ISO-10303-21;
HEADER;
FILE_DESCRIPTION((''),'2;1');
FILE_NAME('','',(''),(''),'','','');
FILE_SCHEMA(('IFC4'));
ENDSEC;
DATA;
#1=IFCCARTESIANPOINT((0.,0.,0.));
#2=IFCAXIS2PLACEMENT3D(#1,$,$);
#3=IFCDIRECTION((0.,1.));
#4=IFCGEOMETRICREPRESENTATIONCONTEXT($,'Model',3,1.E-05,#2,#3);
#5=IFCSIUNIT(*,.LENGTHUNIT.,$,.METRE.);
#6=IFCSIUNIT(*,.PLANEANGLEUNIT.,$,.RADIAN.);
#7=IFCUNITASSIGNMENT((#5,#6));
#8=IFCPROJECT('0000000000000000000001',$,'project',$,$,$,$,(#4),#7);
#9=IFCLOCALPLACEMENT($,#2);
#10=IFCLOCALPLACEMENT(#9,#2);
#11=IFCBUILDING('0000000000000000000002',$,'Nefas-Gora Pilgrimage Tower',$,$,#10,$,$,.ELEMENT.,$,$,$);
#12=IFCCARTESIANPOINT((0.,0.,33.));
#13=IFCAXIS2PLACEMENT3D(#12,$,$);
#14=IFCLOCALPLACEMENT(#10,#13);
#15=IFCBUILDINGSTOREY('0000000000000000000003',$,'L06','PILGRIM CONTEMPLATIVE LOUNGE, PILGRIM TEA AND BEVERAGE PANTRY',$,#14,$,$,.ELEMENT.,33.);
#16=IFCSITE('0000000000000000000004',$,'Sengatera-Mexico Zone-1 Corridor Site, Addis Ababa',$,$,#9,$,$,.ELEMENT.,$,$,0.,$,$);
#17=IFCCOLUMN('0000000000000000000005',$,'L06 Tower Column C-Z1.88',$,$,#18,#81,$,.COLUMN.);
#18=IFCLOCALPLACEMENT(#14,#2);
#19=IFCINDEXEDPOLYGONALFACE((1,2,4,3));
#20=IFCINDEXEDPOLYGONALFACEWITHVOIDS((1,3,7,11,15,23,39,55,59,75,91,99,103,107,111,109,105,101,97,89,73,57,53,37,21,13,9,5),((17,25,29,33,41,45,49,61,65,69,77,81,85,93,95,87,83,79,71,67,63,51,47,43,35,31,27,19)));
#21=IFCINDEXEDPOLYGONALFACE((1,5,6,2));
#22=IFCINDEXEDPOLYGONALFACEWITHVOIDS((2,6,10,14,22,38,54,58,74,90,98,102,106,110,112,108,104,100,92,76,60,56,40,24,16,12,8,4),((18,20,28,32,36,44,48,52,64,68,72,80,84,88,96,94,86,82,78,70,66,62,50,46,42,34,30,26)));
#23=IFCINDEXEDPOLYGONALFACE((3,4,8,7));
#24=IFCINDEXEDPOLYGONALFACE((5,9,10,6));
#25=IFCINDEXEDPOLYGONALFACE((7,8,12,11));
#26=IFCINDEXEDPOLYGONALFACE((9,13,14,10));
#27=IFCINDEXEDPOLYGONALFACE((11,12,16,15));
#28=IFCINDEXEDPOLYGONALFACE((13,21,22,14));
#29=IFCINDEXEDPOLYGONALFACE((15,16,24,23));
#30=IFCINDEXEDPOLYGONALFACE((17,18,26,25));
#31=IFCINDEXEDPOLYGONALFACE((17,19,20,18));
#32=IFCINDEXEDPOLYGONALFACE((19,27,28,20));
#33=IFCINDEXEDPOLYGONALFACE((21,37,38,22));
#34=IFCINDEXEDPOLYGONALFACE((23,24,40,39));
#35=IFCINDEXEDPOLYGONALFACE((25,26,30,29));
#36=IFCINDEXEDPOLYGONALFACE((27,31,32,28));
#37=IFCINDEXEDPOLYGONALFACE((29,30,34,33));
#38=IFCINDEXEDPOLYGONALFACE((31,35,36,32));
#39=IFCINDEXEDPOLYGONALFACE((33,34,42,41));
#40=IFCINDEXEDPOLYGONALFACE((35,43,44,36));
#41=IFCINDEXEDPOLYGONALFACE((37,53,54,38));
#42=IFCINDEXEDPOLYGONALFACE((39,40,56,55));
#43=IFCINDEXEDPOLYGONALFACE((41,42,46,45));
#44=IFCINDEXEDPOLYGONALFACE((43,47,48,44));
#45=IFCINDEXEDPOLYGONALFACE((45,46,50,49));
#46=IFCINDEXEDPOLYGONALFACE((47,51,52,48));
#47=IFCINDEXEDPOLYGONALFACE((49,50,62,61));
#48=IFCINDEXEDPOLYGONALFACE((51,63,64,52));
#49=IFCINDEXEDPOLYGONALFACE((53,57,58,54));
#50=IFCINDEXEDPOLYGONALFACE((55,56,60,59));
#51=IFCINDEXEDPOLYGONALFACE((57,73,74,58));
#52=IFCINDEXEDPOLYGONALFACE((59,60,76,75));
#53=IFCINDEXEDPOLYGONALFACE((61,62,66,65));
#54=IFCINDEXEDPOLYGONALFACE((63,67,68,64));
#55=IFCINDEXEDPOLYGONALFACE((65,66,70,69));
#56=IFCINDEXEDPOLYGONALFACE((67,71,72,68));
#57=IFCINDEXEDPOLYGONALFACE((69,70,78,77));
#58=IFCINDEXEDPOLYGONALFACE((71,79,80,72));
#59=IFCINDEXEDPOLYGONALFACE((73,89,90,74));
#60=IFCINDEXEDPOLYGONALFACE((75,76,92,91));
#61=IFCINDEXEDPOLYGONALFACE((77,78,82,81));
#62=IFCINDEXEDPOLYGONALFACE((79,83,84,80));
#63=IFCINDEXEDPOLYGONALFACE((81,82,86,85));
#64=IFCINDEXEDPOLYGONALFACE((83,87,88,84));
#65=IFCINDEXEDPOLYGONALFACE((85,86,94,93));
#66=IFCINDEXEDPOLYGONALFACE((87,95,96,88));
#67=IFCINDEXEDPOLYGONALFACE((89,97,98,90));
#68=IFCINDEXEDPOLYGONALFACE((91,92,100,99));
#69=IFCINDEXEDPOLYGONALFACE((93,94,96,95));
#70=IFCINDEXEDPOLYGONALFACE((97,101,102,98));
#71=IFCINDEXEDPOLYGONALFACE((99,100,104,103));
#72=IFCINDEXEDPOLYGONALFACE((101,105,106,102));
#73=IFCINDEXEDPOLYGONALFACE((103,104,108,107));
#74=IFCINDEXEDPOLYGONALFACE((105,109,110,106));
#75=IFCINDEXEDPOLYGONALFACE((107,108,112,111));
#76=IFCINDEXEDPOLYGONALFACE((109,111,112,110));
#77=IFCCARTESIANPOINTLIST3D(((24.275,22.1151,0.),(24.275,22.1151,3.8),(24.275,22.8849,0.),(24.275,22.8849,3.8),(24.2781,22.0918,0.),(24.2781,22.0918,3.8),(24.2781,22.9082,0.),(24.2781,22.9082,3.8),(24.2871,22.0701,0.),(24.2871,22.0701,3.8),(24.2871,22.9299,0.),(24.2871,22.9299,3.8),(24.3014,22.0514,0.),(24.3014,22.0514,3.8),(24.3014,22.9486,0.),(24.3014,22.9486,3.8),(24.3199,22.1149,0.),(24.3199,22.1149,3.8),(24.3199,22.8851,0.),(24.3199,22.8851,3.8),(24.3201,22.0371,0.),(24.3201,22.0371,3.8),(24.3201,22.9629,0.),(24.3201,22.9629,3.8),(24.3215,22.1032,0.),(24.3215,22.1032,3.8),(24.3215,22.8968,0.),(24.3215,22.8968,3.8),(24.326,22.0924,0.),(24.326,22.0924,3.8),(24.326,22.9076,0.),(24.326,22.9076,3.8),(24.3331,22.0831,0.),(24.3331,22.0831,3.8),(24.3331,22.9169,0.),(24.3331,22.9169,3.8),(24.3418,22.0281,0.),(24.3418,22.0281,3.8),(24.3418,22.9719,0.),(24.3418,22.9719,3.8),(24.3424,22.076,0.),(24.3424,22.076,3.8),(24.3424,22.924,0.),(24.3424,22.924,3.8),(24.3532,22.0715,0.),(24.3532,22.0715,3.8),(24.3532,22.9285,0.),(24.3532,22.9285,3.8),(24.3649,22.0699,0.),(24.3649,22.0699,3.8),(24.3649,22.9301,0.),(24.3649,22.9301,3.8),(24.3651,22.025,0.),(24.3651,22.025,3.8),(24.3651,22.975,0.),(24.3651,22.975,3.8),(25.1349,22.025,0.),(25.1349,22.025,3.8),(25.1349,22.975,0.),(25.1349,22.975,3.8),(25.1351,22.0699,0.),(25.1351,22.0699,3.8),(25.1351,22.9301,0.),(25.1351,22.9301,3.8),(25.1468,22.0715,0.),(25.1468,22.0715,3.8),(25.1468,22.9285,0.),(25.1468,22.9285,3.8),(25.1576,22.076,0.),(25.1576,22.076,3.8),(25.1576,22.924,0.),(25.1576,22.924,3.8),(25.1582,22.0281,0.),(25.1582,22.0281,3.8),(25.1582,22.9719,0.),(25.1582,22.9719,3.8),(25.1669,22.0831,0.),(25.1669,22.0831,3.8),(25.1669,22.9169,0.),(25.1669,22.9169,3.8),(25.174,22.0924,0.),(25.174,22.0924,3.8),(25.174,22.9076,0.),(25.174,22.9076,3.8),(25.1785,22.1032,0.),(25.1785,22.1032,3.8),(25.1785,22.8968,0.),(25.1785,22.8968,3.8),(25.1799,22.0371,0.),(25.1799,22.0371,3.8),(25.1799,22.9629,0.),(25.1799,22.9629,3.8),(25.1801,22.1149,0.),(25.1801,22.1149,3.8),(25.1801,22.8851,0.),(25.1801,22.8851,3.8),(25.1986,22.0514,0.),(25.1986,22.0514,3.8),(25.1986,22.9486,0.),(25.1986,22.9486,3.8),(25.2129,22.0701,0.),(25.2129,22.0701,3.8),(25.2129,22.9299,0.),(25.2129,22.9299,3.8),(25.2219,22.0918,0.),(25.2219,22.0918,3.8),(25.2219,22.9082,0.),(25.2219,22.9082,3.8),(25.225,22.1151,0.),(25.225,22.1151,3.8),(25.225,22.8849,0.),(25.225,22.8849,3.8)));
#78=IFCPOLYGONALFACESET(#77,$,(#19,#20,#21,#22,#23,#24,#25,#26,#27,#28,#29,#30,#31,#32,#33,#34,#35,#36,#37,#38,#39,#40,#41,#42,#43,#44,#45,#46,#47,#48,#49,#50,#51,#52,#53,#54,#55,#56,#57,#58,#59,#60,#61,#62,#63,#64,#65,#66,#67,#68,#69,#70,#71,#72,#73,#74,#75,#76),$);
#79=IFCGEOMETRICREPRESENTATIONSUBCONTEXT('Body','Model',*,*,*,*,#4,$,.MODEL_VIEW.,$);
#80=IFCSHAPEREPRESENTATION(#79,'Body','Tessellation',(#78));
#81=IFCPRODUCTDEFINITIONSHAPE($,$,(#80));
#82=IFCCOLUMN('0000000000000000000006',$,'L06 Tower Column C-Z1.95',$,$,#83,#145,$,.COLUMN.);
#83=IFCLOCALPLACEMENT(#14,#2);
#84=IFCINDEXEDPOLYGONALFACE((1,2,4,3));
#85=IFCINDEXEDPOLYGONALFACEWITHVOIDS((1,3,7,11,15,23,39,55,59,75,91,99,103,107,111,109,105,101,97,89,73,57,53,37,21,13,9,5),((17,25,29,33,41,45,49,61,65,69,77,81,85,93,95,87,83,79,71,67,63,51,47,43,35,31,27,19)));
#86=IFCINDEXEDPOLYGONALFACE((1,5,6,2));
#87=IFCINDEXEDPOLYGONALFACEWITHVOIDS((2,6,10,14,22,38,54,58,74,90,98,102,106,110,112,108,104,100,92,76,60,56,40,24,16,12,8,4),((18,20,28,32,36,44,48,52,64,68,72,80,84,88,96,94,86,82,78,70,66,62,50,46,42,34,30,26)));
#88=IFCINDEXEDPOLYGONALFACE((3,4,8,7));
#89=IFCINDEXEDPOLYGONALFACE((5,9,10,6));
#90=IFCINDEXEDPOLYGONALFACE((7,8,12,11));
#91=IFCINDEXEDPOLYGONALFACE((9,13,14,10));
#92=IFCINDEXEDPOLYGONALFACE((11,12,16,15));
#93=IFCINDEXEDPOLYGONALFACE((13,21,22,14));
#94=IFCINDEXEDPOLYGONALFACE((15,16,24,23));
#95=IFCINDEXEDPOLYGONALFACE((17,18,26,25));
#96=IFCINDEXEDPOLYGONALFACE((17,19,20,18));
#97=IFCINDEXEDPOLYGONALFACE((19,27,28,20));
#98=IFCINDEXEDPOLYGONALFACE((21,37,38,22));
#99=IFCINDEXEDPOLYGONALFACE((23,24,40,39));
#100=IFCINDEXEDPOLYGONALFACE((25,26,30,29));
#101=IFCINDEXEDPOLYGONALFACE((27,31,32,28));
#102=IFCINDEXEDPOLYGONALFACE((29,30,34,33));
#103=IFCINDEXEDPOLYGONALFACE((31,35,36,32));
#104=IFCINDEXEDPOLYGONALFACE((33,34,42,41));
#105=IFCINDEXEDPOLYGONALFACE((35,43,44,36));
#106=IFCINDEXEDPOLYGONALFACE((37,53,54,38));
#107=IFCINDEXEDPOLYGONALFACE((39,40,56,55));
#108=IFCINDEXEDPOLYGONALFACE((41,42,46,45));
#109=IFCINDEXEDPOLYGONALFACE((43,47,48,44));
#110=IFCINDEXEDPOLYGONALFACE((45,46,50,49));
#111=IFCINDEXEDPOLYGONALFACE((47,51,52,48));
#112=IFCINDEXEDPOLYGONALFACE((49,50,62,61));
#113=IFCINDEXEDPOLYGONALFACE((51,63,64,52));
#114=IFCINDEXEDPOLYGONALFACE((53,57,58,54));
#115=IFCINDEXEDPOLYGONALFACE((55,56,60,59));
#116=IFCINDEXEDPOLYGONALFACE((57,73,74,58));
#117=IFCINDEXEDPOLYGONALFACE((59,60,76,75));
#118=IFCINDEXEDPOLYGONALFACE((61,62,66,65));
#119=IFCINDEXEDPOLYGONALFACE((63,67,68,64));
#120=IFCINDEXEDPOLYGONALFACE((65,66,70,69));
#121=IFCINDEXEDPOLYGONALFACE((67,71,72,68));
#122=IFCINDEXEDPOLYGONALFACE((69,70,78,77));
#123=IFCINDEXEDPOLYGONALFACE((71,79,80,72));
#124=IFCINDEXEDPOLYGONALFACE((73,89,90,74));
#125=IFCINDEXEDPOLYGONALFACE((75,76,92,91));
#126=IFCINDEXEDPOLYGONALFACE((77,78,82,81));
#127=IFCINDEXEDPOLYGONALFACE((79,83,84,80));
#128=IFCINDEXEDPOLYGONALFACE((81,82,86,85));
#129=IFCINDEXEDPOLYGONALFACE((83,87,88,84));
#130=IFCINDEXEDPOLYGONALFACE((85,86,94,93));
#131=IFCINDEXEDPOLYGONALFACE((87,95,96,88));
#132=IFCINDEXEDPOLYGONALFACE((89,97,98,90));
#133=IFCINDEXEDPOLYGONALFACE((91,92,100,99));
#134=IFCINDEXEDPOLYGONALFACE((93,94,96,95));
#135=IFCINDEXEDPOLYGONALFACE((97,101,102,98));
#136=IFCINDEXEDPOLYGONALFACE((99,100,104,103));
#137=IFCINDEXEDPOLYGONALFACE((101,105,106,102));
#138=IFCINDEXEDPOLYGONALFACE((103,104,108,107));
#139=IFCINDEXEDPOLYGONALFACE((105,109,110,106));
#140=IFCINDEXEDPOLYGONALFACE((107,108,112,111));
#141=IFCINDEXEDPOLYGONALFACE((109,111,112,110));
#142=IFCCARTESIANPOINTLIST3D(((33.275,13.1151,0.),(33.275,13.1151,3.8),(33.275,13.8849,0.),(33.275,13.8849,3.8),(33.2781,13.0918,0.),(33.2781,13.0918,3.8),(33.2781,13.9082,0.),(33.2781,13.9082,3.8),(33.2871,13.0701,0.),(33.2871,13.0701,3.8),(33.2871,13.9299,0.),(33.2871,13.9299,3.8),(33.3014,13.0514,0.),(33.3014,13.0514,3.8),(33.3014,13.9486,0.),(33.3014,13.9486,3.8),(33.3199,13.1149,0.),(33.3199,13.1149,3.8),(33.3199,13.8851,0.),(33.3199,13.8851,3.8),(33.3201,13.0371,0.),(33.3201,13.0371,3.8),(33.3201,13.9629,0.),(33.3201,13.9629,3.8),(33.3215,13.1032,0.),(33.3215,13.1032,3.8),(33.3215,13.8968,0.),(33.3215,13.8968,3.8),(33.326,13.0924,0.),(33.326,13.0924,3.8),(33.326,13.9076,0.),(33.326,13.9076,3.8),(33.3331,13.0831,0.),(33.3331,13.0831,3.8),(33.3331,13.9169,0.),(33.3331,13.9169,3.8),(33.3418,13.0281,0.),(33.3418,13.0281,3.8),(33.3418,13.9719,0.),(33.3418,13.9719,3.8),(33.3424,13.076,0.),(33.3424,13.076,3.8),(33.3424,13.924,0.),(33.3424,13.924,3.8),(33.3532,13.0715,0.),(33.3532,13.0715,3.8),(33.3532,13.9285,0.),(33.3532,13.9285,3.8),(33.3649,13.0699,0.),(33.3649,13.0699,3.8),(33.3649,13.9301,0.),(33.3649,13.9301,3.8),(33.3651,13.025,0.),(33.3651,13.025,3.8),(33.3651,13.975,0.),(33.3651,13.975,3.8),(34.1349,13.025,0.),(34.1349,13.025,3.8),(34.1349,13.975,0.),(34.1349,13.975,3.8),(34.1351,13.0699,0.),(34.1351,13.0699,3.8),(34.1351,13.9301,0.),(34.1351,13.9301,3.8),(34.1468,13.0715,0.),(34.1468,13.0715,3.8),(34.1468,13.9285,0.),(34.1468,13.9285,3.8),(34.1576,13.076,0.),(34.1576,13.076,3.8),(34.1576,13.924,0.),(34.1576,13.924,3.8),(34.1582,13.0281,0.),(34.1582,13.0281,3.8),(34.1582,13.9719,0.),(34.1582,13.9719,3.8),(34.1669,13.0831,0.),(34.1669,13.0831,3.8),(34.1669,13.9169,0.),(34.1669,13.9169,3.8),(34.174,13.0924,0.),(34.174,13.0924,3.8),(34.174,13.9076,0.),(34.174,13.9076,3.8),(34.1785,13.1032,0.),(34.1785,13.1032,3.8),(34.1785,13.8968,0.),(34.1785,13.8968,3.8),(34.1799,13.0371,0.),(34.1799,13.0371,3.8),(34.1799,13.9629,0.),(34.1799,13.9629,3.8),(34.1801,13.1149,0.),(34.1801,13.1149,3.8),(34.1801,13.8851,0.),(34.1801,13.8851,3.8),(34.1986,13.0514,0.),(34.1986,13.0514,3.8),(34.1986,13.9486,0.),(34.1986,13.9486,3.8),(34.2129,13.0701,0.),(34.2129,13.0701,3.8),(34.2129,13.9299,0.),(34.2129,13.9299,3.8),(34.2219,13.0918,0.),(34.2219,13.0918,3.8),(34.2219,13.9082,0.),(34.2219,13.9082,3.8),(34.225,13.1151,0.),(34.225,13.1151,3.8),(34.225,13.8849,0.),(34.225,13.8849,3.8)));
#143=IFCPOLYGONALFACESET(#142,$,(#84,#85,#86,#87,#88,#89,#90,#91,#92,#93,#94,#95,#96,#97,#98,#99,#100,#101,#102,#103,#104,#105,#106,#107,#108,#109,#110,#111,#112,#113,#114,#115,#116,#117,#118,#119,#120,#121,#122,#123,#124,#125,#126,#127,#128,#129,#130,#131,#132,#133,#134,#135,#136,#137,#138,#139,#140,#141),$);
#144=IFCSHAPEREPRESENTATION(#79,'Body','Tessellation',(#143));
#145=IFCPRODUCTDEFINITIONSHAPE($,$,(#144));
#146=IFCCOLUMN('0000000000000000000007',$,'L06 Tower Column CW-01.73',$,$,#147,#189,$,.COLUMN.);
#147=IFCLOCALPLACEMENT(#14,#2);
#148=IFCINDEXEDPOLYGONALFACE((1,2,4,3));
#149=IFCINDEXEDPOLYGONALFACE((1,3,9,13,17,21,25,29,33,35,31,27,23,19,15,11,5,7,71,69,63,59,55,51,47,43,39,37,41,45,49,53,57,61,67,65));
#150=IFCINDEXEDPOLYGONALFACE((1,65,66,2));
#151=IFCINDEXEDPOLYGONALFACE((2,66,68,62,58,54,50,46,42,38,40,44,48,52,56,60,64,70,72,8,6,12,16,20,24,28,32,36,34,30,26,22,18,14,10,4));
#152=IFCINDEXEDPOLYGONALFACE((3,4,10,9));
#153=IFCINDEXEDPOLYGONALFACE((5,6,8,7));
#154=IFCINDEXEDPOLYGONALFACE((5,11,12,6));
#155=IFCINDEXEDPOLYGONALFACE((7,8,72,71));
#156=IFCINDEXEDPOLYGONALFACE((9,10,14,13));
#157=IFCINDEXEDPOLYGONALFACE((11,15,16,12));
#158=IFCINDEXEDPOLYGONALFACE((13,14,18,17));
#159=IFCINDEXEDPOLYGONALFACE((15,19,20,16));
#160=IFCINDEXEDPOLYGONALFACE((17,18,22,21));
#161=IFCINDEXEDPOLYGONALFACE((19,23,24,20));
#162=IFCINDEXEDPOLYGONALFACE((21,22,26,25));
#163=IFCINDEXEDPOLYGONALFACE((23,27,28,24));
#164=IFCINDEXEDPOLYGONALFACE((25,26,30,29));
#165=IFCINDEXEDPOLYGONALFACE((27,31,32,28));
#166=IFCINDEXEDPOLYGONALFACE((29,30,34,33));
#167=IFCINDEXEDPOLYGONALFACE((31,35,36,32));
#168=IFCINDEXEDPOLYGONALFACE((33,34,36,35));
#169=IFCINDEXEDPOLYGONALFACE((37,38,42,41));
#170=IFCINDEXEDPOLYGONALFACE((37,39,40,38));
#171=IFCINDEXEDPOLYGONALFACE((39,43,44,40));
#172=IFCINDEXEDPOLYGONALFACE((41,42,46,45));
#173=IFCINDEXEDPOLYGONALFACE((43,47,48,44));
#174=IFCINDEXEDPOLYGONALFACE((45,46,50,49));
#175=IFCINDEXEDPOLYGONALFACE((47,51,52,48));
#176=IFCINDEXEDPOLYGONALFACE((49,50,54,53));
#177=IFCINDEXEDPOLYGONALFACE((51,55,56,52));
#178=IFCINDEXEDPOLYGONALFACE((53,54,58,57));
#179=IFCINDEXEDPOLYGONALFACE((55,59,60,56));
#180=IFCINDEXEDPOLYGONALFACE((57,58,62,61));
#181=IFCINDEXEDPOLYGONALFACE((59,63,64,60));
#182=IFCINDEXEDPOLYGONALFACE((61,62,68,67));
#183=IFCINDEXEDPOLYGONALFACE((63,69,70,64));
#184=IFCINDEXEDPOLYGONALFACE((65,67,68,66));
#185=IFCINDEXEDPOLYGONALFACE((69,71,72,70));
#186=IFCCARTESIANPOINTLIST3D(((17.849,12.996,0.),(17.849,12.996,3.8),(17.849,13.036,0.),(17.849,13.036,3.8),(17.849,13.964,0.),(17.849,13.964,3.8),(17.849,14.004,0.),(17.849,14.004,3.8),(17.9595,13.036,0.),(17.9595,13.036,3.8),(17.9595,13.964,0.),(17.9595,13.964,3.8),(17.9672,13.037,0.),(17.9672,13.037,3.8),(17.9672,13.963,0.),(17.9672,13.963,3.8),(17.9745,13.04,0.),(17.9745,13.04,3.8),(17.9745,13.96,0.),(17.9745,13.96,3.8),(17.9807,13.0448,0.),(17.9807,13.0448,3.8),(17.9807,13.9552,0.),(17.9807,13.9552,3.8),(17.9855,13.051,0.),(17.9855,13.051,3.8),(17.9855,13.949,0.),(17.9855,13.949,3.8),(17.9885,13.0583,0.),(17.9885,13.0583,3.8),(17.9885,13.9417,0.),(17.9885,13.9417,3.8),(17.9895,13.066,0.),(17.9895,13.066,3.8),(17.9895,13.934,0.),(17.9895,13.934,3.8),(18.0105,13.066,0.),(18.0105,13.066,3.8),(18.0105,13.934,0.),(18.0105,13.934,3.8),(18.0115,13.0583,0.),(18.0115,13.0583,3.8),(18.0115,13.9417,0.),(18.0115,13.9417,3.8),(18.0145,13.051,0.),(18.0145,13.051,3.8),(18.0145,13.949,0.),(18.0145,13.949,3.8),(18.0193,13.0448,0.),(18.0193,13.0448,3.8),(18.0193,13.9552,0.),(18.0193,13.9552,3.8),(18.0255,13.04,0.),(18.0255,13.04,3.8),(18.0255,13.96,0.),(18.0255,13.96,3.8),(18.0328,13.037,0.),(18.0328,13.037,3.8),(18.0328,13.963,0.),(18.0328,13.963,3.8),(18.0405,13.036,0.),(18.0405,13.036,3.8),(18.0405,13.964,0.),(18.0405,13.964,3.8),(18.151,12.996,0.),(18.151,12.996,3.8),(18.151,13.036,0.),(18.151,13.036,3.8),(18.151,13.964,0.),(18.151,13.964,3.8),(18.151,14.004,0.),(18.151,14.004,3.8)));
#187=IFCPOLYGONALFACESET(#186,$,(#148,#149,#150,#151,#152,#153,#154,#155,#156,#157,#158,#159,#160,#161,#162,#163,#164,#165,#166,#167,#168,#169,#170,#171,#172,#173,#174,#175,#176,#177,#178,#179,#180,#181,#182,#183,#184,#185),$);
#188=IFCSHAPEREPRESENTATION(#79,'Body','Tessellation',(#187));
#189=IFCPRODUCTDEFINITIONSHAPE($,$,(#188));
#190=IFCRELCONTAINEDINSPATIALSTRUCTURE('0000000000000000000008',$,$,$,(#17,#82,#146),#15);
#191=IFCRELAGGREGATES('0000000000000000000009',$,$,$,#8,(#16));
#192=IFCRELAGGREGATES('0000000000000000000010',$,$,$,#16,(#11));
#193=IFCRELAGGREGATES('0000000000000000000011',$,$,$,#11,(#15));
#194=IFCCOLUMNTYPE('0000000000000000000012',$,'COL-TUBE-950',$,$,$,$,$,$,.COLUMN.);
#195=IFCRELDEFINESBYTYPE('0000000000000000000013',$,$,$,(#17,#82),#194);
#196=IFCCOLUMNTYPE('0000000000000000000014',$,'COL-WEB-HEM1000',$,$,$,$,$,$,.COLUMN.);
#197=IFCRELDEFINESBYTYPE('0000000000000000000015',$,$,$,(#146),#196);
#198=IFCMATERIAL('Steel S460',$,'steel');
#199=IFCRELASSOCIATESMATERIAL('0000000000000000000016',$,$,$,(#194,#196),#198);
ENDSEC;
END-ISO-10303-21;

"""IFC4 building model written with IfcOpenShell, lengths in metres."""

from ifc_helpers import new_model, si_unit, direction, frame, origin, origin_2d, place, context, subcontext, project, spatial, hollow_rectangle, i_section, extrude, source, transform, mapped, material, material_profile, profile_set, type_object, element, save


model = new_model("IFC4")

# Units and contexts
model_context = context("Model", 3, precision=1e-05, world=origin(), true_north=direction((0.0, 1.0)))
body_context = subcontext(model_context, "Body", "Model", "MODEL_VIEW")
ifc_project = project(units=[si_unit("LENGTHUNIT", "METRE"), si_unit("PLANEANGLEUNIT", "RADIAN")], contexts=[model_context])

# Site, building, storey
site_placement = place(None, origin())
site = spatial("IfcSite", under=ifc_project, at=site_placement, Name="Sengatera-Mexico Zone-1 Corridor Site, Addis Ababa", CompositionType="ELEMENT", RefElevation=0.0)
building_placement = place(site_placement, origin())
building = spatial("IfcBuilding", under=site, at=building_placement, Name="Nefas-Gora Pilgrimage Tower", CompositionType="ELEMENT")
storey_placement = place(building_placement, frame((0.0, 0.0, 33.0)))
storey = spatial("IfcBuildingStorey", under=building, at=storey_placement, Name="L06", Description="PILGRIM CONTEMPLATIVE LOUNGE, PILGRIM TEA AND BEVERAGE PANTRY", CompositionType="ELEMENT", Elevation=33.0)

# Columns
ifc_material_1 = material(Name="Steel S460", Category="steel")
ifc_material_profile_1 = material_profile(ifc_material_1, hollow_rectangle(XDim=0.95, YDim=0.95, WallThickness=0.0449, InnerFilletRadius=0.0449, OuterFilletRadius=0.0901, at=origin_2d()), Name="BOX 950x950x45")
ifc_profile_set_1 = profile_set([ifc_material_profile_1], Name="Steel S460")
column_type_1 = type_object("IfcColumnType", Name="COL-TUBE-950", PredefinedType="COLUMN", material=ifc_profile_set_1)
shared_shape_1 = source(origin(), body_context, "Body", "SweptSolid", [
    extrude(hollow_rectangle(XDim=0.95, YDim=0.95, WallThickness=0.0449, InnerFilletRadius=0.0449, OuterFilletRadius=0.0901, at=origin_2d()), origin(), (0.0, 0.0, 1.0), 3.8),
])
for number, where, z_axis, x_axis, name in (
    (1, (24.75, 22.5, 0.0), (0.0, 0.0, 1.0), (1.0, 0.0, 0.0), "L06 Tower Column C-Z1.88"),
    (2, (33.75, 13.5, 0.0), (0.0, 0.0, 1.0), (1.0, 0.0, 0.0), "L06 Tower Column C-Z1.95"),
):
    element("IfcColumn", number, at=place(storey_placement, frame(where, z_axis=z_axis, x_axis=x_axis)), inside=storey, type_object=column_type_1, Name=name, PredefinedType="COLUMN", context=body_context, shape_type="MappedRepresentation", body=[
        mapped(shared_shape_1, transform((0.0, 0.0, 0.0), x_axis=(1.0, 0.0, 0.0), y_axis=(0.0, 1.0, 0.0), z_axis=(0.0, 0.0, 1.0), scale=1.0)),
    ])
ifc_material_profile_2 = material_profile(ifc_material_1, i_section(OverallWidth=0.302, OverallDepth=1.0081, WebThickness=0.021, FlangeThickness=0.04, FilletRadius=0.03, at=origin_2d()), Name="HEM 1000")
ifc_profile_set_2 = profile_set([ifc_material_profile_2], Name="Steel S460")
column_type_2 = type_object("IfcColumnType", Name="COL-WEB-HEM1000", PredefinedType="COLUMN", material=ifc_profile_set_2)
shared_shape_2 = source(origin(), body_context, "Body", "SweptSolid", [
    extrude(i_section(OverallWidth=0.302, OverallDepth=1.0081, WebThickness=0.021, FlangeThickness=0.04, FilletRadius=0.03, at=origin_2d()), origin(), (0.0, 0.0, 1.0), 3.8),
])
for number, where, z_axis, x_axis, name in (
    (3, (18.0, 13.5, 0.0), (0.0, 0.0, 1.0), (1.0, 0.0, 0.0), "L06 Tower Column CW-01.73"),
):
    element("IfcColumn", number, at=place(storey_placement, frame(where, z_axis=z_axis, x_axis=x_axis)), inside=storey, type_object=column_type_2, Name=name, PredefinedType="COLUMN", context=body_context, shape_type="MappedRepresentation", body=[
        mapped(shared_shape_2, transform((0.0, 0.0, 0.0), x_axis=(1.0, 0.0, 0.0), y_axis=(0.0, 1.0, 0.0), z_axis=(0.0, 0.0, 1.0), scale=1.0)),
    ])

save(model, "model.ifc")
